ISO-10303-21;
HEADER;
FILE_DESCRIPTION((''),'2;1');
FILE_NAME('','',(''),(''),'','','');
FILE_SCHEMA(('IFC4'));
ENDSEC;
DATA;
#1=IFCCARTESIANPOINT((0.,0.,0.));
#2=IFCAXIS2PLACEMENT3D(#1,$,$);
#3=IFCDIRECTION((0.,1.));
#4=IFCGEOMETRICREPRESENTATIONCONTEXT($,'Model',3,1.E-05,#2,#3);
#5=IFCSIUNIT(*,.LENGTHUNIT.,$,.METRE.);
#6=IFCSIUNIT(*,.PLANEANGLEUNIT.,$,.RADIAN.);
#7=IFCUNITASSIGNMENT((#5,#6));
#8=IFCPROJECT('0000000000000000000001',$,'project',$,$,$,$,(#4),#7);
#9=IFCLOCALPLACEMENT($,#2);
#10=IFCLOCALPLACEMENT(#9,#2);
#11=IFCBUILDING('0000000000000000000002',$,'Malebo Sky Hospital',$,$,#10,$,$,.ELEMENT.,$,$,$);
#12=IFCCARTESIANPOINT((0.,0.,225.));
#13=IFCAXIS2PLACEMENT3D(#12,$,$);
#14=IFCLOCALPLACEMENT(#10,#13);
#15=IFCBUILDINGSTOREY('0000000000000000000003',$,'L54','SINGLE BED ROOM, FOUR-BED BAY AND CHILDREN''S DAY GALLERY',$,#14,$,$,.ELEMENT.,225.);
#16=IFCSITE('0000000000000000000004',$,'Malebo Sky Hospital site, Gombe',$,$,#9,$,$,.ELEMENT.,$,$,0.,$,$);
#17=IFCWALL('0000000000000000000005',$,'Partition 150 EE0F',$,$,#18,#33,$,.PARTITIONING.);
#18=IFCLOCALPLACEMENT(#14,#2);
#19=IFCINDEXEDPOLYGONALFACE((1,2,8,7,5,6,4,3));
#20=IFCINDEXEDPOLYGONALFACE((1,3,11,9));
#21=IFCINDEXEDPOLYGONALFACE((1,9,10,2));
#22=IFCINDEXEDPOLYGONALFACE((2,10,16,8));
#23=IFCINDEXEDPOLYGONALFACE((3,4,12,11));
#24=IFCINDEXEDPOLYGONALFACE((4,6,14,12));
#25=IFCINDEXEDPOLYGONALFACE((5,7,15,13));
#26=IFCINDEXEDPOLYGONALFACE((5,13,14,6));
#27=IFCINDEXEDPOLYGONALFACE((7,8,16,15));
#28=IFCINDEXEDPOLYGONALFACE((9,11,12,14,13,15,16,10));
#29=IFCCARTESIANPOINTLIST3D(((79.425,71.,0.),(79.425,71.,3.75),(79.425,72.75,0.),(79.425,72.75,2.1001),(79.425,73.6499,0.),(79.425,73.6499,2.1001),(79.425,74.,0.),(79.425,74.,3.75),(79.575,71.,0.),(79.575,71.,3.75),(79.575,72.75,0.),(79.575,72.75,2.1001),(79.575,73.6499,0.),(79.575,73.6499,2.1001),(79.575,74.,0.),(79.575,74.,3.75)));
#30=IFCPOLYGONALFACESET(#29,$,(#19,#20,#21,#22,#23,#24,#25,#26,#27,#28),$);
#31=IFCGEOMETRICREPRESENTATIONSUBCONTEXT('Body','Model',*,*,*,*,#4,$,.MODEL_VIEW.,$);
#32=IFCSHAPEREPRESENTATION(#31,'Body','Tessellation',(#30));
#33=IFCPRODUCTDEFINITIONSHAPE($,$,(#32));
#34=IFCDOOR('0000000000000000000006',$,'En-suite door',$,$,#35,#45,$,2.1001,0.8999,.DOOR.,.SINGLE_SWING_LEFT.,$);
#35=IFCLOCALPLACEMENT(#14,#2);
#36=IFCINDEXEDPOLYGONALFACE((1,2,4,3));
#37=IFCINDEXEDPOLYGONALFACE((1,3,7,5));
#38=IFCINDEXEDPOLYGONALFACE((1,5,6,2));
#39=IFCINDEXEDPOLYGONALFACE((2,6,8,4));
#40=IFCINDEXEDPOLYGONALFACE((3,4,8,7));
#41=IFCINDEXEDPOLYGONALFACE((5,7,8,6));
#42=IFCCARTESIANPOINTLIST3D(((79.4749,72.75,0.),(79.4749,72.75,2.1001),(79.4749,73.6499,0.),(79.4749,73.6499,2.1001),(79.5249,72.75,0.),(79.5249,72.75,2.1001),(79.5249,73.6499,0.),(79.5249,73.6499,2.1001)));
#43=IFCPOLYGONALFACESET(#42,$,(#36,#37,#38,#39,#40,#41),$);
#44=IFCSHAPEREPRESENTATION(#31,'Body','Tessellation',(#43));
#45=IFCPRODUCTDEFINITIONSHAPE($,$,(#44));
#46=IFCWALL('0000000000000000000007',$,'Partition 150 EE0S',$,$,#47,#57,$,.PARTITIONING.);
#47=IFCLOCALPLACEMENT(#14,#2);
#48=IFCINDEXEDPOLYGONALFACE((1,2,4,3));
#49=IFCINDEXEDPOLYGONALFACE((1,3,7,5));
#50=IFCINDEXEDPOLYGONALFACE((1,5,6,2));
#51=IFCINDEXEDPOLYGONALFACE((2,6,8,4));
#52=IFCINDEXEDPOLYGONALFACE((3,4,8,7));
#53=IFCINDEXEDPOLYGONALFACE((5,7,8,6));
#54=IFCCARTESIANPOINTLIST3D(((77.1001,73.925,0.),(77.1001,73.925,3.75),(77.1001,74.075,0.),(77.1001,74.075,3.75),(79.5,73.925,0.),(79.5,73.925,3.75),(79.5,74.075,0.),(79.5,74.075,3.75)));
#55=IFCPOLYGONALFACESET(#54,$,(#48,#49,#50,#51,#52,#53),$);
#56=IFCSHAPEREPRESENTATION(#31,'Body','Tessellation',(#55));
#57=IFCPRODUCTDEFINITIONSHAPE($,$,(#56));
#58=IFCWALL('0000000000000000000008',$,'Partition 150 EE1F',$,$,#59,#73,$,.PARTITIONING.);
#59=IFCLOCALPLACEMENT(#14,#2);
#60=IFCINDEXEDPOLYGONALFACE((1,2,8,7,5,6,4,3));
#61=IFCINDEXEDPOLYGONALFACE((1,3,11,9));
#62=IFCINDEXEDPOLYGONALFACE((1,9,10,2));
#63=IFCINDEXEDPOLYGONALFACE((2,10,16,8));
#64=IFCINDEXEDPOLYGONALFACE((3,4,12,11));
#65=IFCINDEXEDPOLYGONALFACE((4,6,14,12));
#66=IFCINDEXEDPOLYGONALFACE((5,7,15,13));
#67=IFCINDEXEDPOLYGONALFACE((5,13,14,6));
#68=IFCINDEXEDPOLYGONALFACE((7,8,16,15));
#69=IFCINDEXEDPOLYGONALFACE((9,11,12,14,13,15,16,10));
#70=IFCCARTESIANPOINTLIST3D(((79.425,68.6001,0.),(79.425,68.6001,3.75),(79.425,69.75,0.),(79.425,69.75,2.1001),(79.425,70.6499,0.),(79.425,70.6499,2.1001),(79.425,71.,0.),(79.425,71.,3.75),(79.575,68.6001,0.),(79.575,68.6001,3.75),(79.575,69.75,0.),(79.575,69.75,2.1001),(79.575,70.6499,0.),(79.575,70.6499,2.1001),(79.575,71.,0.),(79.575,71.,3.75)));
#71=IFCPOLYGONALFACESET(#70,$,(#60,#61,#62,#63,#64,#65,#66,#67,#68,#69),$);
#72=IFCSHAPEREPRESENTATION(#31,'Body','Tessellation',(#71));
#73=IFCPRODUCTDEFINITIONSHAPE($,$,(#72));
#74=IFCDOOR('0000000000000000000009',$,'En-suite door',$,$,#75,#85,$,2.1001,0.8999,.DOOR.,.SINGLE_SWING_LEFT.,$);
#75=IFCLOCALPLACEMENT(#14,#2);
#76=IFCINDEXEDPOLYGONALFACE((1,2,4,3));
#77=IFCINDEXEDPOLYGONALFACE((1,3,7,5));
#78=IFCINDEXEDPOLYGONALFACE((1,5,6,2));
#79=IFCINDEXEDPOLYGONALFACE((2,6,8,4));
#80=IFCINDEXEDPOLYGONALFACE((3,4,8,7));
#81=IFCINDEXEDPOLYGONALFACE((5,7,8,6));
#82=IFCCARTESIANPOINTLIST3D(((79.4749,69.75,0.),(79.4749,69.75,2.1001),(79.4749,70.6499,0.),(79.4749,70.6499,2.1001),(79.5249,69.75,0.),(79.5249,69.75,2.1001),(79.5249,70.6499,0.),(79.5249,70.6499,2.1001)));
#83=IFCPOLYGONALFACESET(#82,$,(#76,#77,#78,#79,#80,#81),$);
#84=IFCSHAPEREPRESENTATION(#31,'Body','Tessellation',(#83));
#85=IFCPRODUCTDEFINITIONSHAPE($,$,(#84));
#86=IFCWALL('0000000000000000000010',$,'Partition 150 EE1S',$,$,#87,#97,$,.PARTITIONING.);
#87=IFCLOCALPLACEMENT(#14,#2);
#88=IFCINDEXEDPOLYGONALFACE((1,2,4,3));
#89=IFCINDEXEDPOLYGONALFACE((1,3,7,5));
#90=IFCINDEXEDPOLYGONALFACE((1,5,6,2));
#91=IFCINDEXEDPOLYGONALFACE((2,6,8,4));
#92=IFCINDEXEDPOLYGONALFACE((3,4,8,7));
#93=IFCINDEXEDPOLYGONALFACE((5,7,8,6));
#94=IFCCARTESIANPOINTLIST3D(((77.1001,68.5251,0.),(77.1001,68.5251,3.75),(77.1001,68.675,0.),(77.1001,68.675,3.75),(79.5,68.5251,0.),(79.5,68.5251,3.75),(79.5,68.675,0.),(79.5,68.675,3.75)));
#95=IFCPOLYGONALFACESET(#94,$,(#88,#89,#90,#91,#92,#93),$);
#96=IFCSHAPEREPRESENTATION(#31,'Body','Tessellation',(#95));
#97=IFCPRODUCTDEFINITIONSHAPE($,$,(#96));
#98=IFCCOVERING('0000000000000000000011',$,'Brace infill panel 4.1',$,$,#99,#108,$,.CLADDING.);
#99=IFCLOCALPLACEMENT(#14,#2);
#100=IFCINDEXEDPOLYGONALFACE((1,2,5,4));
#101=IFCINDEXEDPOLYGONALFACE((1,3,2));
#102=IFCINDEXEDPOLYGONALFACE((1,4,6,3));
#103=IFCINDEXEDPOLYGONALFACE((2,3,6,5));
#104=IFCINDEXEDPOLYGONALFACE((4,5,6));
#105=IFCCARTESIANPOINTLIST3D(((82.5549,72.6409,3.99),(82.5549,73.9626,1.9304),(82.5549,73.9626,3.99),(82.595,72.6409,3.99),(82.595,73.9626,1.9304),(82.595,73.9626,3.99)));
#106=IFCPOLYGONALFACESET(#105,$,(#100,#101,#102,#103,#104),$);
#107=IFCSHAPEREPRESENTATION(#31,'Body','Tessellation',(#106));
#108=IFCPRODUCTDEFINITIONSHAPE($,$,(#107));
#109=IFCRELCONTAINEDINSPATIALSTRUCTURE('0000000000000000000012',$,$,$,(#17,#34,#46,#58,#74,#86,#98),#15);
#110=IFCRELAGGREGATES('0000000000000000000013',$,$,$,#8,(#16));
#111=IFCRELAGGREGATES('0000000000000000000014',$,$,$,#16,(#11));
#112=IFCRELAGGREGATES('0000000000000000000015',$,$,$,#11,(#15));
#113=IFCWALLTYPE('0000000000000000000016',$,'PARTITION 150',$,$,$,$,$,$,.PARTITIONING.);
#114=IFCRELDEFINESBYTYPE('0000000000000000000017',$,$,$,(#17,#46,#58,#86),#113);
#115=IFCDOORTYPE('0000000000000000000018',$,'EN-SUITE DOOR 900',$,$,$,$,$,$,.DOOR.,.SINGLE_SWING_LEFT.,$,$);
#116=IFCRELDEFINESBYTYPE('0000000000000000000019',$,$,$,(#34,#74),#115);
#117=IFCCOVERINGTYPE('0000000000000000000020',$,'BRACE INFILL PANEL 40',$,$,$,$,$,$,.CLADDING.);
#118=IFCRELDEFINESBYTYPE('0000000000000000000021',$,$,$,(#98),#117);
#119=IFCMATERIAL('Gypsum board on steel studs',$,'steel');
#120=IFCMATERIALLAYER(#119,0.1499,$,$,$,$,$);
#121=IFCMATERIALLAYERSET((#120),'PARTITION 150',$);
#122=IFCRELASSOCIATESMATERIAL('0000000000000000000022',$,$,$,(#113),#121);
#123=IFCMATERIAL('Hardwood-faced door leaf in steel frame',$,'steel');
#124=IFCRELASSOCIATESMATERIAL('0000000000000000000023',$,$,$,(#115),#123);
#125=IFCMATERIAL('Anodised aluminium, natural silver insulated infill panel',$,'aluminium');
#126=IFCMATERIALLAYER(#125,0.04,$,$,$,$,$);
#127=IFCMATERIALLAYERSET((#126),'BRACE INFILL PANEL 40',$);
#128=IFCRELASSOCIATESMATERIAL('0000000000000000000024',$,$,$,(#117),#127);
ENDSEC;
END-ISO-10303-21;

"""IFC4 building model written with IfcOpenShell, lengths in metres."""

from ifc_helpers import new_model, si_unit, direction, frame, frame_2d, origin, place, context, subcontext, project, spatial, polyline, rectangle, outline, extrude, material, layer, layer_set, type_object, element, fill, save


model = new_model("IFC4")

# Units and contexts
model_context = context("Model", 3, precision=1e-05, world=origin(), true_north=direction((0.0, 1.0)))
body_context = subcontext(model_context, "Body", "Model", "MODEL_VIEW")
ifc_project = project(units=[si_unit("LENGTHUNIT", "METRE"), si_unit("PLANEANGLEUNIT", "RADIAN")], contexts=[model_context])

# Site, building, storey
site_placement = place(None, origin())
site = spatial("IfcSite", under=ifc_project, at=site_placement, Name="Malebo Sky Hospital site, Gombe", CompositionType="ELEMENT", RefElevation=0.0)
building_placement = place(site_placement, origin())
building = spatial("IfcBuilding", under=site, at=building_placement, Name="Malebo Sky Hospital", CompositionType="ELEMENT")
storey_placement = place(building_placement, frame((0.0, 0.0, 225.0)))
storey = spatial("IfcBuildingStorey", under=building, at=storey_placement, Name="L54", Description="SINGLE BED ROOM, FOUR-BED BAY AND CHILDREN'S DAY GALLERY", CompositionType="ELEMENT", Elevation=225.0)

# Shared definitions
ifc_material_1 = material(Name="Gypsum board on steel studs", Category="steel")
ifc_material_2 = material(Name="Hardwood-faced door leaf in steel frame", Category="steel")

# Shared definitions
ifc_layer_1 = layer(ifc_material_1, 0.1499)
ifc_layer_set_1 = layer_set([ifc_layer_1], Name="PARTITION 150")
wall_type_1 = type_object("IfcWallType", Name="PARTITION 150", PredefinedType="PARTITIONING", material=ifc_layer_set_1)

# Wall, opening, door
wall_1_placement = place(storey_placement, frame((79.5, 74.0, 0.0), z_axis=(0.0, 0.0, 1.0), x_axis=(0.0, -1.0, 0.0)))
wall_1 = element("IfcWall", 1, at=wall_1_placement, inside=storey, type_object=wall_type_1, Name="Partition 150 EE0F", PredefinedType="PARTITIONING", context=body_context, shape_type="SweptSolid", body=[
    extrude(rectangle(XDim=3.0, YDim=0.1499, at=frame_2d((1.5, 0.0))), origin(), (0.0, 0.0, 1.0), 3.75),
])
opening_1_placement = place(wall_1_placement, frame((0.3501, 0.0, 0.0)))
opening_1 = element("IfcOpeningElement", 2, at=opening_1_placement, cuts=wall_1, PredefinedType="OPENING", context=body_context, shape_type="SweptSolid", body=[
    extrude(rectangle(XDim=0.8999, YDim=2.1001, at=frame_2d((0.45, 1.05))), frame((0.0, 0.085, 0.0), z_axis=(0.0, -1.0, 0.0), x_axis=(1.0, 0.0, 0.0)), (0.0, 0.0, 1.0), 0.1699),
])
door_type_1 = type_object("IfcDoorType", Name="EN-SUITE DOOR 900", OperationType="SINGLE_SWING_LEFT", PredefinedType="DOOR", material=ifc_material_2)
door_1_placement = place(opening_1_placement, origin())
door_1 = element("IfcDoor", 3, at=door_1_placement, inside=storey, type_object=door_type_1, Name="En-suite door", OperationType="SINGLE_SWING_LEFT", OverallHeight=2.1001, OverallWidth=0.8999, PredefinedType="DOOR", context=body_context, shape_type="SweptSolid", body=[
    extrude(rectangle(XDim=0.8999, YDim=2.1001, at=frame_2d((0.45, 1.05))), frame((0.0, 0.0249, 0.0), z_axis=(0.0, -1.0, 0.0), x_axis=(1.0, 0.0, 0.0)), (0.0, 0.0, 1.0), 0.05),
])
fill(opening_1, door_1)

# Wall
wall_2_placement = place(storey_placement, frame((77.1001, 74.0, 0.0), z_axis=(0.0, 0.0, 1.0), x_axis=(1.0, 0.0, 0.0)))
element("IfcWall", 4, at=wall_2_placement, inside=storey, type_object=wall_type_1, Name="Partition 150 EE0S", PredefinedType="PARTITIONING", context=body_context, shape_type="SweptSolid", body=[
    extrude(rectangle(XDim=2.3999, YDim=0.1499, at=frame_2d((1.2, 0.0))), origin(), (0.0, 0.0, 1.0), 3.75),
])

# Wall, opening, door
wall_3_placement = place(storey_placement, frame((79.5, 71.0, 0.0), z_axis=(0.0, 0.0, 1.0), x_axis=(0.0, -1.0, 0.0)))
wall_3 = element("IfcWall", 5, at=wall_3_placement, inside=storey, type_object=wall_type_1, Name="Partition 150 EE1F", PredefinedType="PARTITIONING", context=body_context, shape_type="SweptSolid", body=[
    extrude(rectangle(XDim=2.3999, YDim=0.1499, at=frame_2d((1.2, 0.0))), origin(), (0.0, 0.0, 1.0), 3.75),
])
opening_2_placement = place(wall_3_placement, frame((0.3501, 0.0, 0.0)))
opening_2 = element("IfcOpeningElement", 6, at=opening_2_placement, cuts=wall_3, PredefinedType="OPENING", context=body_context, shape_type="SweptSolid", body=[
    extrude(rectangle(XDim=0.8999, YDim=2.1001, at=frame_2d((0.45, 1.05))), frame((0.0, 0.085, 0.0), z_axis=(0.0, -1.0, 0.0), x_axis=(1.0, 0.0, 0.0)), (0.0, 0.0, 1.0), 0.1699),
])
door_2_placement = place(opening_2_placement, origin())
door_2 = element("IfcDoor", 7, at=door_2_placement, inside=storey, type_object=door_type_1, Name="En-suite door", OperationType="SINGLE_SWING_LEFT", OverallHeight=2.1001, OverallWidth=0.8999, PredefinedType="DOOR", context=body_context, shape_type="SweptSolid", body=[
    extrude(rectangle(XDim=0.8999, YDim=2.1001, at=frame_2d((0.45, 1.05))), frame((0.0, 0.0249, 0.0), z_axis=(0.0, -1.0, 0.0), x_axis=(1.0, 0.0, 0.0)), (0.0, 0.0, 1.0), 0.05),
])
fill(opening_2, door_2)

# Wall
wall_4_placement = place(storey_placement, frame((77.1001, 68.6001, 0.0), z_axis=(0.0, 0.0, 1.0), x_axis=(1.0, 0.0, 0.0)))
element("IfcWall", 8, at=wall_4_placement, inside=storey, type_object=wall_type_1, Name="Partition 150 EE1S", PredefinedType="PARTITIONING", context=body_context, shape_type="SweptSolid", body=[
    extrude(rectangle(XDim=2.3999, YDim=0.1499, at=frame_2d((1.2, 0.0))), origin(), (0.0, 0.0, 1.0), 3.75),
])

# Covering
ifc_material_3 = material(Name="Anodised aluminium, natural silver insulated infill panel", Category="aluminium")
ifc_layer_2 = layer(ifc_material_3, 0.04)
ifc_layer_set_2 = layer_set([ifc_layer_2], Name="BRACE INFILL PANEL 40")
covering_type = type_object("IfcCoveringType", Name="BRACE INFILL PANEL 40", PredefinedType="CLADDING", material=ifc_layer_set_2)
covering_placement = place(storey_placement, frame((82.575, 73.3018, 1.9304), z_axis=(0.0, 0.0, 1.0), x_axis=(0.0, -1.0, 0.0)))
element("IfcCovering", 9, at=covering_placement, inside=storey, type_object=covering_type, Name="Brace infill panel 4.1", PredefinedType="CLADDING", context=body_context, shape_type="SweptSolid", body=[
    extrude(outline(polyline([(-0.6609, 0.0), (0.6609, 2.0596), (-0.6609, 2.0596), (-0.6609, 0.0)])), frame((0.0, 0.02, 0.0), z_axis=(0.0, -1.0, 0.0), x_axis=(1.0, 0.0, 0.0)), (0.0, 0.0, 1.0), 0.04),
])

save(model, "model.ifc")
